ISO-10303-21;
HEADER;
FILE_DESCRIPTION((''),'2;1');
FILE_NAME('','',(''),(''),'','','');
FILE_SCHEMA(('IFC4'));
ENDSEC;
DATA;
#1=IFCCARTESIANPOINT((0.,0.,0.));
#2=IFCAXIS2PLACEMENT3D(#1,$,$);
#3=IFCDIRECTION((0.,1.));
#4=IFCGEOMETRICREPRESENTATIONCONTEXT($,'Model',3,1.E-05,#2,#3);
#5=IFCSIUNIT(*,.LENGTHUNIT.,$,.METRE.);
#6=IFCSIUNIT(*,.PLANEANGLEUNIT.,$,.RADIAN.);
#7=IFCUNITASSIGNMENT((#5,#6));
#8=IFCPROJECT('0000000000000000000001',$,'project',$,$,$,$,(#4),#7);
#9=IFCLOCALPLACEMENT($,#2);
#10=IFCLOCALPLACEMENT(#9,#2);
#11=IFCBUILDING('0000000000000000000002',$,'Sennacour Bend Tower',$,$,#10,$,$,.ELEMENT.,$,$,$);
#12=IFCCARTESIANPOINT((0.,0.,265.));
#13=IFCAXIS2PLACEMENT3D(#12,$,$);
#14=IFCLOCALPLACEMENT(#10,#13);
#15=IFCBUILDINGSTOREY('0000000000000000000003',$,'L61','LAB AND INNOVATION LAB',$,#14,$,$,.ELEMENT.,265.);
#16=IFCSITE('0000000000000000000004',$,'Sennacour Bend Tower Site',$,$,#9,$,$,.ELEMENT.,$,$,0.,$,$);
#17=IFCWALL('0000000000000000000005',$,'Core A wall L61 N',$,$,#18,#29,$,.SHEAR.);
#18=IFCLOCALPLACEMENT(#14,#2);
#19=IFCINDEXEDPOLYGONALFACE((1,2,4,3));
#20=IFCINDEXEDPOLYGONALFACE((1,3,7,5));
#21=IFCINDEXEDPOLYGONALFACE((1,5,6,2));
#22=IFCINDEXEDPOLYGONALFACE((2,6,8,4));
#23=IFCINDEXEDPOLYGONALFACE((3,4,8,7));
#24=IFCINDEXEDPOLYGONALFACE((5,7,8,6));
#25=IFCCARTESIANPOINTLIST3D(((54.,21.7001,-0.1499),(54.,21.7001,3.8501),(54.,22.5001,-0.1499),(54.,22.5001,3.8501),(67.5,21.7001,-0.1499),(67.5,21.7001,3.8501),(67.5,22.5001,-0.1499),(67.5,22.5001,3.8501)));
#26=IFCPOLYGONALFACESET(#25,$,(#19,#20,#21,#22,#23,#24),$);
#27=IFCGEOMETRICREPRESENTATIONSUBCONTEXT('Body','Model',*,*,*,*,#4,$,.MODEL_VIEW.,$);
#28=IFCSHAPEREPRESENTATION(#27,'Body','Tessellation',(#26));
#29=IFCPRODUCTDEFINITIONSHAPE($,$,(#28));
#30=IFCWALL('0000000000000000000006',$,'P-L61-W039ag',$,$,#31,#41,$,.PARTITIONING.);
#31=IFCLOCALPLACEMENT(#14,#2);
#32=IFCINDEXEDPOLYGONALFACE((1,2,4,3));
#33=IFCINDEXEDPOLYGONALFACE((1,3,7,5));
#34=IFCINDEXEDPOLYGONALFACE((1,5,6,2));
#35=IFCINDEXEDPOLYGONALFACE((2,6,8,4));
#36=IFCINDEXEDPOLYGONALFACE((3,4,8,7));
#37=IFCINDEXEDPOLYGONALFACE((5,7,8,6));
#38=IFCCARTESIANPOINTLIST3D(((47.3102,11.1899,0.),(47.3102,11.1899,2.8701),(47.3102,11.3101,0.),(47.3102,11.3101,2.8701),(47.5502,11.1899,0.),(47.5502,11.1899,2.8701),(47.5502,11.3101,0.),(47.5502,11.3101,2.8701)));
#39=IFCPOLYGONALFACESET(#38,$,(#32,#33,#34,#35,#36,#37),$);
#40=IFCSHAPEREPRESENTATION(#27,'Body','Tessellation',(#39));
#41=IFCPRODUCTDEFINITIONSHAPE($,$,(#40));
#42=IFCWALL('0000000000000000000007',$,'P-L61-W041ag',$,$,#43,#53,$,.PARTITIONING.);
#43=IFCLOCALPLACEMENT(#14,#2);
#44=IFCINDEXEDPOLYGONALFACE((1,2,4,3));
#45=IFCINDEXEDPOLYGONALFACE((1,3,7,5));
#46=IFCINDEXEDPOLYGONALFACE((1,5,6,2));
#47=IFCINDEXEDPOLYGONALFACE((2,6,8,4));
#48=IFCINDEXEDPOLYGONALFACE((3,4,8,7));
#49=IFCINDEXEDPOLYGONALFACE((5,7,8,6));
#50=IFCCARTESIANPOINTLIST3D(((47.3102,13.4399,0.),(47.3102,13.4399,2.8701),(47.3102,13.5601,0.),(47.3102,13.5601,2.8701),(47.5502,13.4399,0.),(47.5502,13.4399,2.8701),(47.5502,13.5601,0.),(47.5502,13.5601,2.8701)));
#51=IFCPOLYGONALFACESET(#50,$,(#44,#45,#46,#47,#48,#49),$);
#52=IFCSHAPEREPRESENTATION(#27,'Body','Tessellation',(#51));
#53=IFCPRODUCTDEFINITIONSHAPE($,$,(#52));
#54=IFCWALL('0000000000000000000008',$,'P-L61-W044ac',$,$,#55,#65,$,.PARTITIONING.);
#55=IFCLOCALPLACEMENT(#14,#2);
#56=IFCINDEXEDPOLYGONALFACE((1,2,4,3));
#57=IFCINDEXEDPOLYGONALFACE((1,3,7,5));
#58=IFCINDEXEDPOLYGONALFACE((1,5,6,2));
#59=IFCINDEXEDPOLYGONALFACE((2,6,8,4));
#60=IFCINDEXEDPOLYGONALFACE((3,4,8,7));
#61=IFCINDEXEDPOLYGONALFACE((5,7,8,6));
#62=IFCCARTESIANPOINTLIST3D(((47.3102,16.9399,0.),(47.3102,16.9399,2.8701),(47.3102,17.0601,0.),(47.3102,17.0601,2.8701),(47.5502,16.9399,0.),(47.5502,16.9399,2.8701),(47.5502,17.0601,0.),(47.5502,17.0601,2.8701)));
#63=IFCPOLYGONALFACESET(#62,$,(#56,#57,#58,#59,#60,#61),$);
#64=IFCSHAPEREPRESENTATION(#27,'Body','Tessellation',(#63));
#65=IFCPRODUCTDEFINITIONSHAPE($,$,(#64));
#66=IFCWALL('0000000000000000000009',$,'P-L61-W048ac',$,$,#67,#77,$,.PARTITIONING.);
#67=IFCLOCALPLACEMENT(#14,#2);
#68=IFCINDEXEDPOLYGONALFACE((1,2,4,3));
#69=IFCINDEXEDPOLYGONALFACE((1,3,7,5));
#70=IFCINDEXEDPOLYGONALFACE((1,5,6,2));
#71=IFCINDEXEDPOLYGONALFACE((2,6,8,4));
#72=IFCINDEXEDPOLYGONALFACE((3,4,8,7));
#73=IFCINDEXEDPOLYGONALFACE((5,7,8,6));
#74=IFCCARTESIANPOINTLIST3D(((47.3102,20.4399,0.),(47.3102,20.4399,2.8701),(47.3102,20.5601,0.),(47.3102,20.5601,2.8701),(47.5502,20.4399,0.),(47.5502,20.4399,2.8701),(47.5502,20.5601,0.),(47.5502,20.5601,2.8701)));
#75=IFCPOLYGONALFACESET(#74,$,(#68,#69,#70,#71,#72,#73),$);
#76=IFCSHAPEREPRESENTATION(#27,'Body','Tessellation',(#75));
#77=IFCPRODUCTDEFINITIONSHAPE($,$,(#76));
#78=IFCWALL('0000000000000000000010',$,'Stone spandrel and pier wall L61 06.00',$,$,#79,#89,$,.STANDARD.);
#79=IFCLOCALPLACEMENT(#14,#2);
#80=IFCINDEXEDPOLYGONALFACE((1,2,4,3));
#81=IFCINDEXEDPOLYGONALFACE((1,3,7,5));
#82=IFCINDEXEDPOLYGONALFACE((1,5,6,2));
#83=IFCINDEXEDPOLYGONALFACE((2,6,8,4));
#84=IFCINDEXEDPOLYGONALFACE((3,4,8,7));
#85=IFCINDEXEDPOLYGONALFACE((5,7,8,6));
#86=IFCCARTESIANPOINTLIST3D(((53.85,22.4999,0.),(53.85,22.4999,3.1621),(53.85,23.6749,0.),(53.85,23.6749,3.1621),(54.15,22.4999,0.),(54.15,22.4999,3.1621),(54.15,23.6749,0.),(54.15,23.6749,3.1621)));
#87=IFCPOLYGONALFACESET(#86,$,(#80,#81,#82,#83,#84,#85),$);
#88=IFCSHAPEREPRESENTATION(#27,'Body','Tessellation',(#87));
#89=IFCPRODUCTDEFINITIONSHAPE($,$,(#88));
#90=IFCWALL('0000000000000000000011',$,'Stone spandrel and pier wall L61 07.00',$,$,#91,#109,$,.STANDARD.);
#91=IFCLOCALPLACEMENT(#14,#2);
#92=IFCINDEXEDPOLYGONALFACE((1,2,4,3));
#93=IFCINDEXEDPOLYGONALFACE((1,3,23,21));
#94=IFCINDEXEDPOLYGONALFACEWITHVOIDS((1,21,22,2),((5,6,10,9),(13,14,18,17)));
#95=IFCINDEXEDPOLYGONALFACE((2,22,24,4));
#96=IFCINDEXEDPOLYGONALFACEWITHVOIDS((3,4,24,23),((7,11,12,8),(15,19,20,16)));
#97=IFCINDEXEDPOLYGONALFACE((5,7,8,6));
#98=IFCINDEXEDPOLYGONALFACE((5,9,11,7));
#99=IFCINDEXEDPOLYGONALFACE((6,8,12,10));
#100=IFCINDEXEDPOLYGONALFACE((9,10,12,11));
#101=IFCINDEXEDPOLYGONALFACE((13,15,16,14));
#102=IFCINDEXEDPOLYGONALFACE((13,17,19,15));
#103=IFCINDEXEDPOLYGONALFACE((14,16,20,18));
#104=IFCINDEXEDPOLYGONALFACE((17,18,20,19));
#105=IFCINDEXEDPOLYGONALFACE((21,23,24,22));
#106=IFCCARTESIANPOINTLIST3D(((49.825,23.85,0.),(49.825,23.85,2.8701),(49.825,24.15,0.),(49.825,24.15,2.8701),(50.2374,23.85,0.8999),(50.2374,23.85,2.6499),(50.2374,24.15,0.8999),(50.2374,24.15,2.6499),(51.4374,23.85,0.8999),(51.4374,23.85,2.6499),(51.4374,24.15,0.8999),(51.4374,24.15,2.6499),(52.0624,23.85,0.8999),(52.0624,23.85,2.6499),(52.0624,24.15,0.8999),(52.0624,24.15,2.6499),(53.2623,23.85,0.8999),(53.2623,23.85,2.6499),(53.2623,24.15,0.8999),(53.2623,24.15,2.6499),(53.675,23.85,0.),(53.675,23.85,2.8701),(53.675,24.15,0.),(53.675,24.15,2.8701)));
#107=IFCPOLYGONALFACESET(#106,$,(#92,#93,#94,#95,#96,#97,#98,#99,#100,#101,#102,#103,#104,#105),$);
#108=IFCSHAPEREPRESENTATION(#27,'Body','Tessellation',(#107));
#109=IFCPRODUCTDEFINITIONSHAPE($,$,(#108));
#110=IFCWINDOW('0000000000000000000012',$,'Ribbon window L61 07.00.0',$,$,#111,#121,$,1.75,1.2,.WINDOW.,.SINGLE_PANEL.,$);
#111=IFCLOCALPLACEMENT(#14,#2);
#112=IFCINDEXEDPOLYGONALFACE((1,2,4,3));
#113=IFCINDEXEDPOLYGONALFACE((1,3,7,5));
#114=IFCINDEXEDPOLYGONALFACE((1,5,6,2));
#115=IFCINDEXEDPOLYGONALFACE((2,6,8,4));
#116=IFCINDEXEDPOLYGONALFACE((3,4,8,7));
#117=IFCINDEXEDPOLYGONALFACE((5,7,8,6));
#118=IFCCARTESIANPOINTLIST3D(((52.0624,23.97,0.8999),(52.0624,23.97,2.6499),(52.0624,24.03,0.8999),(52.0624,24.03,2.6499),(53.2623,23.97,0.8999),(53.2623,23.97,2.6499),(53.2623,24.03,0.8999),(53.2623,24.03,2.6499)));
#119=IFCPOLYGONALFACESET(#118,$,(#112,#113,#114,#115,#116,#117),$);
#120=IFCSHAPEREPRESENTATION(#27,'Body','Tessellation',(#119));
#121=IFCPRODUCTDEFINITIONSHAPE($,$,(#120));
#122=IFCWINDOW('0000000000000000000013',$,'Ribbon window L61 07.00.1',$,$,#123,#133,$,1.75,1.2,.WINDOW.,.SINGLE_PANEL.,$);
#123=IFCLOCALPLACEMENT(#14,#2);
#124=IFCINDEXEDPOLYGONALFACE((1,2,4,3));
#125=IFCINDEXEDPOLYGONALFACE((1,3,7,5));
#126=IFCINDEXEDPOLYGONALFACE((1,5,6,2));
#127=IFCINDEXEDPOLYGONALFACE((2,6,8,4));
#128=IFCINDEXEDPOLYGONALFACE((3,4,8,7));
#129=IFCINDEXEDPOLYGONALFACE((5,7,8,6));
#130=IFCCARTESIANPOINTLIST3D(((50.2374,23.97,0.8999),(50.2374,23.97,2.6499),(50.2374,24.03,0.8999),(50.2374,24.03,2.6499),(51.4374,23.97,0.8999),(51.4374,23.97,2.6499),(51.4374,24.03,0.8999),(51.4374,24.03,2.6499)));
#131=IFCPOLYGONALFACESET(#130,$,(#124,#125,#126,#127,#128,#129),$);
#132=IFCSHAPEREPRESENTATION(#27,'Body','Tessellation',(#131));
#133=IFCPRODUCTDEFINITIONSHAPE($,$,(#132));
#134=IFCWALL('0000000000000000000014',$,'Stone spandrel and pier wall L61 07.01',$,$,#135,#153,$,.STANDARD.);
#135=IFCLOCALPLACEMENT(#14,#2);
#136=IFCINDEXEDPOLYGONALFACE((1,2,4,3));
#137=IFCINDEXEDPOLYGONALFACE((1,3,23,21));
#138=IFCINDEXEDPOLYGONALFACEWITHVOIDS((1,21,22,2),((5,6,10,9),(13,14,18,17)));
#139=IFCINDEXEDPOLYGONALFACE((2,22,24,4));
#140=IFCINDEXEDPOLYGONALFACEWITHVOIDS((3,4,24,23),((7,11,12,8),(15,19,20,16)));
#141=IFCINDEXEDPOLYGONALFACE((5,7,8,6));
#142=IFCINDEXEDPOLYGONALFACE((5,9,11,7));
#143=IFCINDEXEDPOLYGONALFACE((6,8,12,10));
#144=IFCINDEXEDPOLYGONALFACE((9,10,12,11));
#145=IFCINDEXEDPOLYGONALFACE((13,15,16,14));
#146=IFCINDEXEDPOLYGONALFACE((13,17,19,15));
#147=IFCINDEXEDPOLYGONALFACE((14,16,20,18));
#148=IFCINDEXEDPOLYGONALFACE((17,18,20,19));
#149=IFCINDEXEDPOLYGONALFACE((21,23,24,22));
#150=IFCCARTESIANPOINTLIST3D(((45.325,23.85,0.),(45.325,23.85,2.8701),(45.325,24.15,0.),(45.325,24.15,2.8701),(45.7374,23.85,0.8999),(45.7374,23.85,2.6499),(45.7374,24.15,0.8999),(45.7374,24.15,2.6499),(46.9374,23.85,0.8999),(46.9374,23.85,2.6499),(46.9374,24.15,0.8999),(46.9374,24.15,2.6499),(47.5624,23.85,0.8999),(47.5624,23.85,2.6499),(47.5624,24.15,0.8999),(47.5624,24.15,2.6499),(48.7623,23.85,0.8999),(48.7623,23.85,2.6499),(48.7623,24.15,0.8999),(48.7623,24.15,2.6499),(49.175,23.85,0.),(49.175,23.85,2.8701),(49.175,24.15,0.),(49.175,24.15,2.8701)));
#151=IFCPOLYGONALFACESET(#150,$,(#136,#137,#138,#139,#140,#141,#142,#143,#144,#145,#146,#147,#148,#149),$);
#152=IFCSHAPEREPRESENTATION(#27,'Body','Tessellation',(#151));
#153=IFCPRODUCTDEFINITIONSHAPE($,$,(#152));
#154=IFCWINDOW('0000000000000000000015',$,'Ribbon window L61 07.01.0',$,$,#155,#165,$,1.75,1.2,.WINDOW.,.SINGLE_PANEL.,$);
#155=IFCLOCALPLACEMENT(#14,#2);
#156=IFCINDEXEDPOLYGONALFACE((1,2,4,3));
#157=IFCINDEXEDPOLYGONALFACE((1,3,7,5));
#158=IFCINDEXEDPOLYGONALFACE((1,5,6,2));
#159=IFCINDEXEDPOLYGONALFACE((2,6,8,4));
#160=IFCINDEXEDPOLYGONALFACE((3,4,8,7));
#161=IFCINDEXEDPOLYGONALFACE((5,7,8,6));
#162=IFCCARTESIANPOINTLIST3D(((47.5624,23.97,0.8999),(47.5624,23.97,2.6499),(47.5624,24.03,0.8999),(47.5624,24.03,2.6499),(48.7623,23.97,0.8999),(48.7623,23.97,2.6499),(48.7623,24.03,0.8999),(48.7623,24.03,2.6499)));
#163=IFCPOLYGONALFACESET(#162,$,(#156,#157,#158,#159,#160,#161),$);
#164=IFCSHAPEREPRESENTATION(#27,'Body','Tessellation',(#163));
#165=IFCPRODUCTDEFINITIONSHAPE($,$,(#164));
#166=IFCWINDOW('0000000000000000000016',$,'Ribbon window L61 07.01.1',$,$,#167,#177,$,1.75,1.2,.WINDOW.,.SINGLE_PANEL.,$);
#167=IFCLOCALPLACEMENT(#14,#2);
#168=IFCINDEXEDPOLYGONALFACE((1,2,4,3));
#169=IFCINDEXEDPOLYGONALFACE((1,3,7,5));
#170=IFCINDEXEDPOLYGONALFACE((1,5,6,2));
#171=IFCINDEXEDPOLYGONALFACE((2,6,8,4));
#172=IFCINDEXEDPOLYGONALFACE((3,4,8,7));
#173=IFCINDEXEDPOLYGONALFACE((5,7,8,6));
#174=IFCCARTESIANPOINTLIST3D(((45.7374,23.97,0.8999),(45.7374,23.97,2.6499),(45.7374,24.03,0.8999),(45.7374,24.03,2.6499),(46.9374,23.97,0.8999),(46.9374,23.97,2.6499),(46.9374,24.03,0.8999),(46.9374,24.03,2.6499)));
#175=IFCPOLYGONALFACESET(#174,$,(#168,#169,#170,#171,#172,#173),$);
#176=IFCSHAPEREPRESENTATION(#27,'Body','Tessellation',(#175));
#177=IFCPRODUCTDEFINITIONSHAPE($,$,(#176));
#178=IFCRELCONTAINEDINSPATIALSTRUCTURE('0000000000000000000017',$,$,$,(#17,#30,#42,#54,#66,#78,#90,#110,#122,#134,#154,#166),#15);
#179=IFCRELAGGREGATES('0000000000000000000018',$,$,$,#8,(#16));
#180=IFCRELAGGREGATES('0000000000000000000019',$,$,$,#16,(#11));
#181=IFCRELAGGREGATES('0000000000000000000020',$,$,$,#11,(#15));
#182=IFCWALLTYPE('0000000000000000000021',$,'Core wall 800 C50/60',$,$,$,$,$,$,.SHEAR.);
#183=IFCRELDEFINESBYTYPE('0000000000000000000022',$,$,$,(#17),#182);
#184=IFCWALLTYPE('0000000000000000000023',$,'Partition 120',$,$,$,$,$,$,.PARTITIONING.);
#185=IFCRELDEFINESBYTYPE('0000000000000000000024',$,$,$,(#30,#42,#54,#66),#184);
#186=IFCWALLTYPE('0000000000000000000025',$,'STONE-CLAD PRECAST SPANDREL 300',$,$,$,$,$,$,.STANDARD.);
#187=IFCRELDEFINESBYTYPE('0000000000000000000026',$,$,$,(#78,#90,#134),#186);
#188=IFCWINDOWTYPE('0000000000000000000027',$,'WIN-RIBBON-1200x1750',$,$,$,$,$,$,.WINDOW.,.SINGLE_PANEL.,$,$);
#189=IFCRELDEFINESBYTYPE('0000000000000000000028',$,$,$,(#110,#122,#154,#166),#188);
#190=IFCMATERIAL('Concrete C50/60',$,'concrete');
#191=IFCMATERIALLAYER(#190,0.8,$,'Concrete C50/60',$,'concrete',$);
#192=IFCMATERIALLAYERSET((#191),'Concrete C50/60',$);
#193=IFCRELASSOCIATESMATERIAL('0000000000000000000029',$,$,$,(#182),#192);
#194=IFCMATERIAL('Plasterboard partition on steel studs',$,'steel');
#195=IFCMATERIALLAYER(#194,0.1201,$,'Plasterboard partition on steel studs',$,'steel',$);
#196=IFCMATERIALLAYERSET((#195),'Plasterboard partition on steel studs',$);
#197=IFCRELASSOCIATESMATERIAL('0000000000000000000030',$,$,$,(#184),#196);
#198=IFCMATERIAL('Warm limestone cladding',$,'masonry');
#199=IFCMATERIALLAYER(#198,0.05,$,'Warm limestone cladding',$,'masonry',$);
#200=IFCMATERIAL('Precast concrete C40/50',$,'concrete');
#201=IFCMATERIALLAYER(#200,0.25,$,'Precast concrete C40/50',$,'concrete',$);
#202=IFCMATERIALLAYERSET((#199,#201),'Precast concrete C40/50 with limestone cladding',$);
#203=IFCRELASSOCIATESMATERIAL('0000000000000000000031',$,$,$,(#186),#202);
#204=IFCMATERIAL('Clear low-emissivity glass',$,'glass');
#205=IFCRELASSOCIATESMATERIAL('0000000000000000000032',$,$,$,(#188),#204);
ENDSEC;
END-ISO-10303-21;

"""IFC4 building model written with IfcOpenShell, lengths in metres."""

from ifc_helpers import new_model, si_unit, direction, frame, frame_2d, origin, place, context, subcontext, project, spatial, rectangle, extrude, material, layer, layer_set, type_object, element, fill, save


model = new_model("IFC4")

# Units and contexts
model_context = context("Model", 3, precision=1e-05, world=origin(), true_north=direction((0.0, 1.0)))
body_context = subcontext(model_context, "Body", "Model", "MODEL_VIEW")
ifc_project = project(units=[si_unit("LENGTHUNIT", "METRE"), si_unit("PLANEANGLEUNIT", "RADIAN")], contexts=[model_context])

# Site, building, storey
site_placement = place(None, origin())
site = spatial("IfcSite", under=ifc_project, at=site_placement, Name="Sennacour Bend Tower Site", CompositionType="ELEMENT", RefElevation=0.0)
building_placement = place(site_placement, origin())
building = spatial("IfcBuilding", under=site, at=building_placement, Name="Sennacour Bend Tower", CompositionType="ELEMENT")
storey_placement = place(building_placement, frame((0.0, 0.0, 265.0)))
storey = spatial("IfcBuildingStorey", under=building, at=storey_placement, Name="L61", Description="LAB AND INNOVATION LAB", CompositionType="ELEMENT", Elevation=265.0)

# Walls
ifc_material_1 = material(Name="Concrete C50/60", Category="concrete")
ifc_layer_1 = layer(ifc_material_1, 0.8, Name="Concrete C50/60", Category="concrete")
ifc_layer_set_1 = layer_set([ifc_layer_1], Name="Concrete C50/60")
wall_type_1 = type_object("IfcWallType", Name="Core wall 800 C50/60", PredefinedType="SHEAR", material=ifc_layer_set_1)
wall_1_placement = place(storey_placement, frame((54.0, 22.1001, -0.1499), z_axis=(0.0, 0.0, 1.0), x_axis=(1.0, 0.0, 0.0)))
element("IfcWall", 1, at=wall_1_placement, inside=storey, type_object=wall_type_1, Name="Core A wall L61 N", PredefinedType="SHEAR", context=body_context, shape_type="SweptSolid", body=[
    extrude(rectangle(XDim=13.5, YDim=0.8, at=frame_2d((6.75, 0.0))), origin(), (0.0, 0.0, 1.0), 4.0),
])
ifc_material_2 = material(Name="Plasterboard partition on steel studs", Category="steel")
ifc_layer_2 = layer(ifc_material_2, 0.1201, Name="Plasterboard partition on steel studs", Category="steel")
ifc_layer_set_2 = layer_set([ifc_layer_2], Name="Plasterboard partition on steel studs")
wall_type_2 = type_object("IfcWallType", Name="Partition 120", PredefinedType="PARTITIONING", material=ifc_layer_set_2)
for number, where, z_axis, x_axis, name in (
    (2, (47.3101, 11.25, 0.0), (0.0, 0.0, 1.0), (1.0, 0.0, 0.0), "P-L61-W039ag"),
    (3, (47.3101, 13.5, 0.0), (0.0, 0.0, 1.0), (1.0, 0.0, 0.0), "P-L61-W041ag"),
    (4, (47.3101, 17.0, 0.0), (0.0, 0.0, 1.0), (1.0, 0.0, 0.0), "P-L61-W044ac"),
    (5, (47.3101, 20.5, 0.0), (0.0, 0.0, 1.0), (1.0, 0.0, 0.0), "P-L61-W048ac"),
):
    element("IfcWall", number, at=place(storey_placement, frame(where, z_axis=z_axis, x_axis=x_axis)), inside=storey, type_object=wall_type_2, Name=name, PredefinedType="PARTITIONING", context=body_context, shape_type="SweptSolid", body=[
        extrude(rectangle(XDim=0.24, YDim=0.1201, at=frame_2d((0.1201, 0.0))), origin(), (0.0, 0.0, 1.0), 2.8701),
    ])
ifc_material_3 = material(Name="Warm limestone cladding", Category="masonry")
ifc_layer_3 = layer(ifc_material_3, 0.05, Name="Warm limestone cladding", Category="masonry")
ifc_material_4 = material(Name="Precast concrete C40/50", Category="concrete")
ifc_layer_4 = layer(ifc_material_4, 0.25, Name="Precast concrete C40/50", Category="concrete")
ifc_layer_set_3 = layer_set([ifc_layer_3, ifc_layer_4], Name="Precast concrete C40/50 with limestone cladding")
wall_type_3 = type_object("IfcWallType", Name="STONE-CLAD PRECAST SPANDREL 300", PredefinedType="STANDARD", material=ifc_layer_set_3)
wall_2_placement = place(storey_placement, frame((54.0, 22.5, 0.0), z_axis=(0.0, 0.0, 1.0), x_axis=(0.0, 1.0, 0.0)))
element("IfcWall", 6, at=wall_2_placement, inside=storey, type_object=wall_type_3, Name="Stone spandrel and pier wall L61 06.00", PredefinedType="STANDARD", context=body_context, shape_type="SweptSolid", body=[
    extrude(rectangle(XDim=1.175, YDim=0.3, at=frame_2d((0.5874, 0.0))), origin(), (0.0, 0.0, 1.0), 3.1621),
])

# Walls, openings, windows
wall_3_placement = place(storey_placement, frame((53.675, 24.0, 0.0), z_axis=(0.0, 0.0, 1.0), x_axis=(-1.0, 0.0, 0.0)))
wall_3 = element("IfcWall", 7, at=wall_3_placement, inside=storey, type_object=wall_type_3, Name="Stone spandrel and pier wall L61 07.00", PredefinedType="STANDARD", context=body_context, shape_type="SweptSolid", body=[
    extrude(rectangle(XDim=3.8501, YDim=0.3, at=frame_2d((1.925, 0.0))), origin(), (0.0, 0.0, 1.0), 2.8701),
])
opening_1_placement = place(wall_3_placement, frame((0.4126, 0.0, 0.8999)))
opening_1 = element("IfcOpeningElement", 8, at=opening_1_placement, cuts=wall_3, PredefinedType="OPENING", context=body_context, shape_type="SweptSolid", body=[
    extrude(rectangle(XDim=1.2, YDim=1.75, at=frame_2d((0.6001, 0.875))), frame((0.0, 0.1602, 0.0), z_axis=(0.0, -1.0, 0.0), x_axis=(1.0, 0.0, 0.0)), (0.0, 0.0, 1.0), 0.3201),
])
opening_2_placement = place(wall_3_placement, frame((2.2375, 0.0, 0.8999)))
opening_2 = element("IfcOpeningElement", 9, at=opening_2_placement, cuts=wall_3, PredefinedType="OPENING", context=body_context, shape_type="SweptSolid", body=[
    extrude(rectangle(XDim=1.2, YDim=1.75, at=frame_2d((0.6001, 0.875))), frame((0.0, 0.1602, 0.0), z_axis=(0.0, -1.0, 0.0), x_axis=(1.0, 0.0, 0.0)), (0.0, 0.0, 1.0), 0.3201),
])
ifc_material_5 = material(Name="Clear low-emissivity glass", Category="glass")
window_type = type_object("IfcWindowType", Name="WIN-RIBBON-1200x1750", PartitioningType="SINGLE_PANEL", PredefinedType="WINDOW", material=ifc_material_5)
window_1_placement = place(opening_1_placement, origin())
window_1 = element("IfcWindow", 10, at=window_1_placement, inside=storey, type_object=window_type, Name="Ribbon window L61 07.00.0", OverallHeight=1.75, OverallWidth=1.2, PartitioningType="SINGLE_PANEL", PredefinedType="WINDOW", context=body_context, shape_type="SweptSolid", body=[
    extrude(rectangle(XDim=1.2, YDim=1.75, at=frame_2d((0.6001, 0.875))), frame((0.0, 0.03, 0.0), z_axis=(0.0, -1.0, 0.0), x_axis=(1.0, 0.0, 0.0)), (0.0, 0.0, 1.0), 0.0601),
])
fill(opening_1, window_1)
window_2_placement = place(opening_2_placement, origin())
window_2 = element("IfcWindow", 11, at=window_2_placement, inside=storey, type_object=window_type, Name="Ribbon window L61 07.00.1", OverallHeight=1.75, OverallWidth=1.2, PartitioningType="SINGLE_PANEL", PredefinedType="WINDOW", context=body_context, shape_type="SweptSolid", body=[
    extrude(rectangle(XDim=1.2, YDim=1.75, at=frame_2d((0.6001, 0.875))), frame((0.0, 0.03, 0.0), z_axis=(0.0, -1.0, 0.0), x_axis=(1.0, 0.0, 0.0)), (0.0, 0.0, 1.0), 0.0601),
])
fill(opening_2, window_2)
wall_4_placement = place(storey_placement, frame((49.175, 24.0, 0.0), z_axis=(0.0, 0.0, 1.0), x_axis=(-1.0, 0.0, 0.0)))
wall_4 = element("IfcWall", 12, at=wall_4_placement, inside=storey, type_object=wall_type_3, Name="Stone spandrel and pier wall L61 07.01", PredefinedType="STANDARD", context=body_context, shape_type="SweptSolid", body=[
    extrude(rectangle(XDim=3.8501, YDim=0.3, at=frame_2d((1.925, 0.0))), origin(), (0.0, 0.0, 1.0), 2.8701),
])
opening_3_placement = place(wall_4_placement, frame((0.4126, 0.0, 0.8999)))
opening_3 = element("IfcOpeningElement", 13, at=opening_3_placement, cuts=wall_4, PredefinedType="OPENING", context=body_context, shape_type="SweptSolid", body=[
    extrude(rectangle(XDim=1.2, YDim=1.75, at=frame_2d((0.6001, 0.875))), frame((0.0, 0.1602, 0.0), z_axis=(0.0, -1.0, 0.0), x_axis=(1.0, 0.0, 0.0)), (0.0, 0.0, 1.0), 0.3201),
])
opening_4_placement = place(wall_4_placement, frame((2.2375, 0.0, 0.8999)))
opening_4 = element("IfcOpeningElement", 14, at=opening_4_placement, cuts=wall_4, PredefinedType="OPENING", context=body_context, shape_type="SweptSolid", body=[
    extrude(rectangle(XDim=1.2, YDim=1.75, at=frame_2d((0.6001, 0.875))), frame((0.0, 0.1602, 0.0), z_axis=(0.0, -1.0, 0.0), x_axis=(1.0, 0.0, 0.0)), (0.0, 0.0, 1.0), 0.3201),
])
window_3_placement = place(opening_3_placement, origin())
window_3 = element("IfcWindow", 15, at=window_3_placement, inside=storey, type_object=window_type, Name="Ribbon window L61 07.01.0", OverallHeight=1.75, OverallWidth=1.2, PartitioningType="SINGLE_PANEL", PredefinedType="WINDOW", context=body_context, shape_type="SweptSolid", body=[
    extrude(rectangle(XDim=1.2, YDim=1.75, at=frame_2d((0.6001, 0.875))), frame((0.0, 0.03, 0.0), z_axis=(0.0, -1.0, 0.0), x_axis=(1.0, 0.0, 0.0)), (0.0, 0.0, 1.0), 0.0601),
])
fill(opening_3, window_3)
window_4_placement = place(opening_4_placement, origin())
window_4 = element("IfcWindow", 16, at=window_4_placement, inside=storey, type_object=window_type, Name="Ribbon window L61 07.01.1", OverallHeight=1.75, OverallWidth=1.2, PartitioningType="SINGLE_PANEL", PredefinedType="WINDOW", context=body_context, shape_type="SweptSolid", body=[
    extrude(rectangle(XDim=1.2, YDim=1.75, at=frame_2d((0.6001, 0.875))), frame((0.0, 0.03, 0.0), z_axis=(0.0, -1.0, 0.0), x_axis=(1.0, 0.0, 0.0)), (0.0, 0.0, 1.0), 0.0601),
])
fill(opening_4, window_4)

save(model, "model.ifc")
